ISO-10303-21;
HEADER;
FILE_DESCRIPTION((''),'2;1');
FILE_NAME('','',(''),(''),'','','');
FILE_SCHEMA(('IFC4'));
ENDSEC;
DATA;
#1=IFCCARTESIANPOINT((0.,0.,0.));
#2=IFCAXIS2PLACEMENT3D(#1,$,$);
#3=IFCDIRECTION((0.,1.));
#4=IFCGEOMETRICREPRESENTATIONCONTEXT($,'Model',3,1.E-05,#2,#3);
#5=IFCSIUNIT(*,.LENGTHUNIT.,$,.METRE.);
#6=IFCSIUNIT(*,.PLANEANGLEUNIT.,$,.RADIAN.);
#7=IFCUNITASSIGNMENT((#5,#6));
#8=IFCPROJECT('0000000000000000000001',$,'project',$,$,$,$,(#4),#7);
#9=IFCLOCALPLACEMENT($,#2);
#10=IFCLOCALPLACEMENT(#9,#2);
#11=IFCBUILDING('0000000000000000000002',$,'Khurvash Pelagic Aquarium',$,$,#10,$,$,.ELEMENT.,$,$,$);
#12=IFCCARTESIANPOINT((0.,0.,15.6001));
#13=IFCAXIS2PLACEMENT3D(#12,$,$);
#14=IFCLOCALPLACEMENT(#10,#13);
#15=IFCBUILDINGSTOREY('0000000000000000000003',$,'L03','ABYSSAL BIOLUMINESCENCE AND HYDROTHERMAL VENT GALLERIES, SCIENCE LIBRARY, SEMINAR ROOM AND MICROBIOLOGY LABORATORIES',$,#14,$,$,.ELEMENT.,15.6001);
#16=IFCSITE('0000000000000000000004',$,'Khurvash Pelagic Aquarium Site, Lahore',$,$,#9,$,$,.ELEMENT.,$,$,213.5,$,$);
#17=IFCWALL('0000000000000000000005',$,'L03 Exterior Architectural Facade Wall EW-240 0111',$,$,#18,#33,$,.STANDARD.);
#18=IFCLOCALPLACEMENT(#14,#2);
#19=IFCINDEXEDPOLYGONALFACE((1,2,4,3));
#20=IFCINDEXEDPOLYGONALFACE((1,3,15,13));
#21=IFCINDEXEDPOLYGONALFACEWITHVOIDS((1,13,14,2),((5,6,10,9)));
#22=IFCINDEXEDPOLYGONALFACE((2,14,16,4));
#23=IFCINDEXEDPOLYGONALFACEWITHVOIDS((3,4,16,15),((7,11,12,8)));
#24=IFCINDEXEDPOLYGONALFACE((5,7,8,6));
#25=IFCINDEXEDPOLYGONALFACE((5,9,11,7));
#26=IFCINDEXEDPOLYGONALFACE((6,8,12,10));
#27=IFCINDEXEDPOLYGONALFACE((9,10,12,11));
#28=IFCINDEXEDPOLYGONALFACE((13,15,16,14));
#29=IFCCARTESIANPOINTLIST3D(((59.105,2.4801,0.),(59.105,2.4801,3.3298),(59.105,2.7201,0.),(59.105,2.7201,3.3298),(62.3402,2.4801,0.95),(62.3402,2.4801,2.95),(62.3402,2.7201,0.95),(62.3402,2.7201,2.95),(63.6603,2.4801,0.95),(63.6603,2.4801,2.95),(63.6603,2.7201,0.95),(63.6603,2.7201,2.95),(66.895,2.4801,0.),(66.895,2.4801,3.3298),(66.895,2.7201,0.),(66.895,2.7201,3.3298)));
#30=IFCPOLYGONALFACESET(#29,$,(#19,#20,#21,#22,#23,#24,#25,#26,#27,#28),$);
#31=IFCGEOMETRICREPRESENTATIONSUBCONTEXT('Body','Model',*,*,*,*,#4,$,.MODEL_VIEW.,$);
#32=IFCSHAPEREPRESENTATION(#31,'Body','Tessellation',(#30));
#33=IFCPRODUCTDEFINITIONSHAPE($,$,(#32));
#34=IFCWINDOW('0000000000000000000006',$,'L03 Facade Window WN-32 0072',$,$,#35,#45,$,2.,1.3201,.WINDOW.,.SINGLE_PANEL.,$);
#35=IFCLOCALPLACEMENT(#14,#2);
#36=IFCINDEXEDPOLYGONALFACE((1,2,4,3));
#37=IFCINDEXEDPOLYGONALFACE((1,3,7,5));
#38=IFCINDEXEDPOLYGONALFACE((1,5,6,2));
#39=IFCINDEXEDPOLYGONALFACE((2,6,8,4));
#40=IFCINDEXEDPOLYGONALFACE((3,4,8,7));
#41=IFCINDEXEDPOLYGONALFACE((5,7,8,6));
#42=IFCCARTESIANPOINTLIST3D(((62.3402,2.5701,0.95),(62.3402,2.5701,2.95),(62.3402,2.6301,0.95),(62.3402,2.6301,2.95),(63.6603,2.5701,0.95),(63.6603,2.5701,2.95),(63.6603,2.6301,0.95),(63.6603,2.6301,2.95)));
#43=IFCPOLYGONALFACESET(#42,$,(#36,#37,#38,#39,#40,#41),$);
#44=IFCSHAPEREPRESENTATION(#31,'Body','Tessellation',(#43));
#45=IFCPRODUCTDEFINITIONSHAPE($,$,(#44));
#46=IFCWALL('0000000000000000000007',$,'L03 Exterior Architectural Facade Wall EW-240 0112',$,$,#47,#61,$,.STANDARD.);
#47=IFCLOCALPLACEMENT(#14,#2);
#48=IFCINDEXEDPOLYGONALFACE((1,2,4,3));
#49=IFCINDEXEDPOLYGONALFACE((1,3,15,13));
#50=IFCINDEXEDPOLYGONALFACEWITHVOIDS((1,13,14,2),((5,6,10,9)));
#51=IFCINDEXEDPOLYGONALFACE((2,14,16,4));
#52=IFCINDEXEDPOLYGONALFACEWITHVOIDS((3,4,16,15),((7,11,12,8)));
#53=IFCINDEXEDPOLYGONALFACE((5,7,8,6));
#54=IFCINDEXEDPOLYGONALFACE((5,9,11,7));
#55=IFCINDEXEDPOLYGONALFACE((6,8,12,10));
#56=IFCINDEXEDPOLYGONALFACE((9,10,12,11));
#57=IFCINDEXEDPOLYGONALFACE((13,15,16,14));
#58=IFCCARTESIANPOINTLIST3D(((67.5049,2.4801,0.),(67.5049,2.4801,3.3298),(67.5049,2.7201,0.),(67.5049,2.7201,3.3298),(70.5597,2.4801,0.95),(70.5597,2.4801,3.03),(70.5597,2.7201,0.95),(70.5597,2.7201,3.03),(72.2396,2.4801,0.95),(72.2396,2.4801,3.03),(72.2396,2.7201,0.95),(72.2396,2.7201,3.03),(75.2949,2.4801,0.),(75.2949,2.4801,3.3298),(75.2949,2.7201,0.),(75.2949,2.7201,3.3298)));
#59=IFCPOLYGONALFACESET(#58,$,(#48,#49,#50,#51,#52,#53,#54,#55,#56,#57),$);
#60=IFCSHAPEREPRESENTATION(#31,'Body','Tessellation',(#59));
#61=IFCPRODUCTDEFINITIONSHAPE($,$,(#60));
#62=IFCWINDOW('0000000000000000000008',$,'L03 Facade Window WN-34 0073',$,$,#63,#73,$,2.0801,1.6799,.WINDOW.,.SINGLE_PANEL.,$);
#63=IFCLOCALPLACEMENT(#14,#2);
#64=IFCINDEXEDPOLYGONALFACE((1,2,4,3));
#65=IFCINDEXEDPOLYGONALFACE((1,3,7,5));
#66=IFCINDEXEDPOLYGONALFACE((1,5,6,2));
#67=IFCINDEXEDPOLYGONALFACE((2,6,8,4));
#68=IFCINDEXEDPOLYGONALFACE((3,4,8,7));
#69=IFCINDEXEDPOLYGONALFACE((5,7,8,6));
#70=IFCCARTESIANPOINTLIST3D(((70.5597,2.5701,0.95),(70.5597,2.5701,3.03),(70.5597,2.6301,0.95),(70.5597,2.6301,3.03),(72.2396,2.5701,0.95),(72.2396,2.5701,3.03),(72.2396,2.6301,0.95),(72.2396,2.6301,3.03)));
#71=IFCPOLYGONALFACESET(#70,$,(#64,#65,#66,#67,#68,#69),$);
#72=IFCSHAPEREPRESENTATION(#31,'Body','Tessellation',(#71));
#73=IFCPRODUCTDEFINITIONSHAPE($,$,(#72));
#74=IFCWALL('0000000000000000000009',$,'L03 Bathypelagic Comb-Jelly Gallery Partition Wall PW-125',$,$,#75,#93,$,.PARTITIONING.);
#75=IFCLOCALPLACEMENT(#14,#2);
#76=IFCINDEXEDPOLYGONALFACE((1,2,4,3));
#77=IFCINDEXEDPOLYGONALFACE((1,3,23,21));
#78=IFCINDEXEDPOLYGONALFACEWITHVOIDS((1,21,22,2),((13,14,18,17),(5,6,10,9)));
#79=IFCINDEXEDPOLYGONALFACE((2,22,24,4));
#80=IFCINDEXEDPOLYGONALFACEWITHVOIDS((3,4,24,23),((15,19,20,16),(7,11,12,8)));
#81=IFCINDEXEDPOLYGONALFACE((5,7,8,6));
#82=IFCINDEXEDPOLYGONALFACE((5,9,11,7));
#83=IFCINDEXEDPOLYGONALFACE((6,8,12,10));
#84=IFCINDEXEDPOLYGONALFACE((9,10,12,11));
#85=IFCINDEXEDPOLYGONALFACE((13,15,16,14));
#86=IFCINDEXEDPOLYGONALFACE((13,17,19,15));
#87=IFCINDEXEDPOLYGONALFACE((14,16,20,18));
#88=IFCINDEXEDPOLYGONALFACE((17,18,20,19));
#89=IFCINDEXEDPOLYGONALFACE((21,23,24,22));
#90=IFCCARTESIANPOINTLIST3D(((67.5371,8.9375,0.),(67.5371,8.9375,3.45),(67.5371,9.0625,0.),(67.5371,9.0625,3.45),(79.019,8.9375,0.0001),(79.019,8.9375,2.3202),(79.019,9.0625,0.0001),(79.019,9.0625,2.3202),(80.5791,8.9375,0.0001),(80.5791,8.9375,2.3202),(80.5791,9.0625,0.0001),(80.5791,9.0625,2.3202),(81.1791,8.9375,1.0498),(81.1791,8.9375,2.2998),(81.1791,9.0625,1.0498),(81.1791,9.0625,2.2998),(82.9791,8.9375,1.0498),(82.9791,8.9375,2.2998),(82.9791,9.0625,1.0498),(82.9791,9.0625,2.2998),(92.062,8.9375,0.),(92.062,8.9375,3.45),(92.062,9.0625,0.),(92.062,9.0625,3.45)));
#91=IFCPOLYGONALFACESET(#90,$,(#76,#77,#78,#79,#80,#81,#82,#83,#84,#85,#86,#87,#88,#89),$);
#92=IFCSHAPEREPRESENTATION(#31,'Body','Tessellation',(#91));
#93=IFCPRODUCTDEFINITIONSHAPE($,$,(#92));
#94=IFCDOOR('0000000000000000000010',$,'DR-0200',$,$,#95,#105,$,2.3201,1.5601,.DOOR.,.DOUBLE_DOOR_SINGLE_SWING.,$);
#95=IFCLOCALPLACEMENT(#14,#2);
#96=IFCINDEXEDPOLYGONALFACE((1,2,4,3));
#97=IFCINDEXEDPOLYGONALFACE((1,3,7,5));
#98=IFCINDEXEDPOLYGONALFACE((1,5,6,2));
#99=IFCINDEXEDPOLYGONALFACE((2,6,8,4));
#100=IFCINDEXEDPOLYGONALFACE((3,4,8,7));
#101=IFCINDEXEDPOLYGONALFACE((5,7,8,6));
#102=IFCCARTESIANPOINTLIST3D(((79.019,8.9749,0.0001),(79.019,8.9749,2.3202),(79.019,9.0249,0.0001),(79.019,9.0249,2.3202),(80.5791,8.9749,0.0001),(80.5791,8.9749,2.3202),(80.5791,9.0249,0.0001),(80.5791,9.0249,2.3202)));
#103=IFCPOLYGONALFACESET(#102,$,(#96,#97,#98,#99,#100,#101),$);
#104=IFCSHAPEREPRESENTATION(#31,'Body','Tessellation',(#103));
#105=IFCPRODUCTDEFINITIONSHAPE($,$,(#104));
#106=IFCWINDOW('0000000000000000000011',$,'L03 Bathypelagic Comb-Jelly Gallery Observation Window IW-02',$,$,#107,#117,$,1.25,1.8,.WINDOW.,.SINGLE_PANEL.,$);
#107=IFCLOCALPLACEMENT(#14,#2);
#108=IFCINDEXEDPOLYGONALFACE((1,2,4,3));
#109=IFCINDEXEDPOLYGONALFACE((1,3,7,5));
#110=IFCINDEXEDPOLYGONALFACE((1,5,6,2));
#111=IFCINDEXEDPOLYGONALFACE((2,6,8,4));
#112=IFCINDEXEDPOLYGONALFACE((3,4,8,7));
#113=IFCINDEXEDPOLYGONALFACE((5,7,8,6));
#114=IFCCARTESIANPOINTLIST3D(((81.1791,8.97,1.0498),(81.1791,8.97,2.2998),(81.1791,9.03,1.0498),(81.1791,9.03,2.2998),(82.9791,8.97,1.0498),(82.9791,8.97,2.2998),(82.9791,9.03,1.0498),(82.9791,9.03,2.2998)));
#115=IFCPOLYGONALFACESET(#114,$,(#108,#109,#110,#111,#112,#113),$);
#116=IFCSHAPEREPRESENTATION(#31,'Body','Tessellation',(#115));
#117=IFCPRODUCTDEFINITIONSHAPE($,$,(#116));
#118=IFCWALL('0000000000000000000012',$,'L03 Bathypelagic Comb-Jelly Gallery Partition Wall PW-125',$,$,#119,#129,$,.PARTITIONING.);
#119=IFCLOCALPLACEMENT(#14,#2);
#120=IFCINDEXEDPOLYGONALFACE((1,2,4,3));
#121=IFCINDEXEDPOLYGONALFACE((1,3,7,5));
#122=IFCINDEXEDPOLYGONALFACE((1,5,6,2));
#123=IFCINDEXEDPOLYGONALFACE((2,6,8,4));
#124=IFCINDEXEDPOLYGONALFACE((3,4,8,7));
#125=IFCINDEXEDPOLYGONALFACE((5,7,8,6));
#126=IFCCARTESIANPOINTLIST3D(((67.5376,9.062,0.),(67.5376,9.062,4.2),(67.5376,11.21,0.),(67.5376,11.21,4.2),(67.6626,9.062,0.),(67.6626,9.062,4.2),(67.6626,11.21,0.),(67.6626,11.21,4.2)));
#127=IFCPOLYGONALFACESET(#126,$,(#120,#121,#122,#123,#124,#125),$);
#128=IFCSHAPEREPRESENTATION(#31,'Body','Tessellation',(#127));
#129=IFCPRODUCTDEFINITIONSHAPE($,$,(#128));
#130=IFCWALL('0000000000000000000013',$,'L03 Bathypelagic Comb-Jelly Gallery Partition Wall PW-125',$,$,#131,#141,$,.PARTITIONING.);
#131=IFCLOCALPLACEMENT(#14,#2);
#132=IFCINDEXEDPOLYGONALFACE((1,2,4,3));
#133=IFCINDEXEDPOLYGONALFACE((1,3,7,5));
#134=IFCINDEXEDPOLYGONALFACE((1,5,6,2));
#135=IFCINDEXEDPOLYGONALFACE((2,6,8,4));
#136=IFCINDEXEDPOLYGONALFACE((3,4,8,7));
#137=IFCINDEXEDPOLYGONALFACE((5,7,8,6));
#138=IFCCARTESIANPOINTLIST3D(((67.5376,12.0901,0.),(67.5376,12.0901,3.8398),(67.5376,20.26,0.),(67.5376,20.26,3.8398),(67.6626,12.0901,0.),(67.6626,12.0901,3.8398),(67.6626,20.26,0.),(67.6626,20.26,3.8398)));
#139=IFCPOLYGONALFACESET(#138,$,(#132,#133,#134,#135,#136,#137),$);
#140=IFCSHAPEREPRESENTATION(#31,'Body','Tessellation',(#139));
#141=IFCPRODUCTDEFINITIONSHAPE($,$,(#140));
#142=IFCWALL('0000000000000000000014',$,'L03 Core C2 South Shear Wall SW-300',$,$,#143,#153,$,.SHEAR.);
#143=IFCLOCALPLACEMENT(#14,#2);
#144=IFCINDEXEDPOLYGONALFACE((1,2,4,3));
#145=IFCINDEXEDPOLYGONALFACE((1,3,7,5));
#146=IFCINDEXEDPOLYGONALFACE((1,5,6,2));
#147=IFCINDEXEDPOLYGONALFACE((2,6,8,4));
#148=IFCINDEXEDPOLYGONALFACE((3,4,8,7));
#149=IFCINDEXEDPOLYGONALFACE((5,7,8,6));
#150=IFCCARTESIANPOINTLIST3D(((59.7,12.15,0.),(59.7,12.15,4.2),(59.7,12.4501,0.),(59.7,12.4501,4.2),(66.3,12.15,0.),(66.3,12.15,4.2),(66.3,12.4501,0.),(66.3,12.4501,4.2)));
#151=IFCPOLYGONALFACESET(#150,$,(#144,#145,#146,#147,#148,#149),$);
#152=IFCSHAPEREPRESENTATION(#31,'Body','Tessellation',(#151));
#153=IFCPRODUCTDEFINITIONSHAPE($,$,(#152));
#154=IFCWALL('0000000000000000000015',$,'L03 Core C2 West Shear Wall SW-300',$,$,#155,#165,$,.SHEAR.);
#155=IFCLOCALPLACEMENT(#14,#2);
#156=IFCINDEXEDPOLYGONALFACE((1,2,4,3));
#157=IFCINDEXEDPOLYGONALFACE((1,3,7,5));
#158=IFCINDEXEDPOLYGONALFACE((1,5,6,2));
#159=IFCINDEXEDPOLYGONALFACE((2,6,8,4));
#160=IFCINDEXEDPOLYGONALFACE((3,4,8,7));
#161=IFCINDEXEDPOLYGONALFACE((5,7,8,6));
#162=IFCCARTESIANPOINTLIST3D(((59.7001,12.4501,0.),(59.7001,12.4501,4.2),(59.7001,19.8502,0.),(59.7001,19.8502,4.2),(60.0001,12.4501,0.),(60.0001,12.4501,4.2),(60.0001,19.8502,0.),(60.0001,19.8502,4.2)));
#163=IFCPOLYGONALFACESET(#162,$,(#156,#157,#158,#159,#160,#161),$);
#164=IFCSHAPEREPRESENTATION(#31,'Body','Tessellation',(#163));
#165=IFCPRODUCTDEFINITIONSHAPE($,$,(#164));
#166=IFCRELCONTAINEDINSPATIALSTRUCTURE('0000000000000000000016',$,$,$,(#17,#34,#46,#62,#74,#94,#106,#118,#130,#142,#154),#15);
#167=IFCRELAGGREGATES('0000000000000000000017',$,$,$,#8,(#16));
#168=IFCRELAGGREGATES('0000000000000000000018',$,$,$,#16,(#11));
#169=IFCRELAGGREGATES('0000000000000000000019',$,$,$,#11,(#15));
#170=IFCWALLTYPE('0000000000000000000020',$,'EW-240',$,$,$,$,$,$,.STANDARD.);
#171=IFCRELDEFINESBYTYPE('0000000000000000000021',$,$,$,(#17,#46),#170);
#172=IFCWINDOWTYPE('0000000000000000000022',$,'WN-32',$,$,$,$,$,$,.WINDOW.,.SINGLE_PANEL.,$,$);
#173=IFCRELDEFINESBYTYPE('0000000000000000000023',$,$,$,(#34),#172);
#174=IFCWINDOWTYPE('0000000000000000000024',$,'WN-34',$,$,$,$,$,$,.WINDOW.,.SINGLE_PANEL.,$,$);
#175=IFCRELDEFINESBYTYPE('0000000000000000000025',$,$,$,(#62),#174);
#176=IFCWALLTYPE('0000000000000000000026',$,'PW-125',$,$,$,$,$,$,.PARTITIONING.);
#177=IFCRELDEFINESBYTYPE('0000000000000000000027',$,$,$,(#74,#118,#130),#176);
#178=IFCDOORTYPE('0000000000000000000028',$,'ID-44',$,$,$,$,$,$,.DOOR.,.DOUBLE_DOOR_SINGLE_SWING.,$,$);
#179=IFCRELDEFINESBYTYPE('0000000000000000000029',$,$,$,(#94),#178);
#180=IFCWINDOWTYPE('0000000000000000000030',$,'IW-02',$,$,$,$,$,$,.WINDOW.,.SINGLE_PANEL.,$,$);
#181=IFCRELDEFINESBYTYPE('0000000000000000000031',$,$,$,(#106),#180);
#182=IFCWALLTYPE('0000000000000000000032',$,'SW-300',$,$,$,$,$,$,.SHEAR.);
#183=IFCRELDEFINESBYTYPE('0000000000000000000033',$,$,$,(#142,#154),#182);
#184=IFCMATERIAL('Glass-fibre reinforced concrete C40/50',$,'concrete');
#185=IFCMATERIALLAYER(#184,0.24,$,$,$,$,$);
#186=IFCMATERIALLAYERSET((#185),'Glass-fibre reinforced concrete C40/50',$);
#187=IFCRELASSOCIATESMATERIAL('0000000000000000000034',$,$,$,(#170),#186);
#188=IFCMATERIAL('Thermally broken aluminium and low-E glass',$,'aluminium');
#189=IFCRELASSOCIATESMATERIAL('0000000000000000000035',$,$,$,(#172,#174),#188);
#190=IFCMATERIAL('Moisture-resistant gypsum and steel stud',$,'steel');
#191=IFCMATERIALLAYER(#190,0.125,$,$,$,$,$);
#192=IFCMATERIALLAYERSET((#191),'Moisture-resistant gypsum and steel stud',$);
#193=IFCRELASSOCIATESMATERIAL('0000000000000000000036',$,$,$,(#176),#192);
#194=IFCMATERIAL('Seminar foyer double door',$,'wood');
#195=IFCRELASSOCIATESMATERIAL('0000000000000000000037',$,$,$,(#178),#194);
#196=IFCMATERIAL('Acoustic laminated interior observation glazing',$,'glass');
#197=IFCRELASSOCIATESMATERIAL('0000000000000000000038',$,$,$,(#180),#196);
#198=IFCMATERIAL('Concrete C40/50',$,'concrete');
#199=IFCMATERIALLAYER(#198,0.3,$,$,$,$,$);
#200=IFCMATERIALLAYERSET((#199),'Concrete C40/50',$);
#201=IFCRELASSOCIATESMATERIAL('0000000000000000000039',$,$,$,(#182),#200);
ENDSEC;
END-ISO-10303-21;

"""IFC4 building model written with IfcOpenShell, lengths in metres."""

from ifc_helpers import new_model, si_unit, direction, frame, frame_2d, origin, place, context, subcontext, project, spatial, rectangle, extrude, material, layer, layer_set, type_object, element, fill, save


model = new_model("IFC4")

# Units and contexts
model_context = context("Model", 3, precision=1e-05, world=origin(), true_north=direction((0.0, 1.0)))
body_context = subcontext(model_context, "Body", "Model", "MODEL_VIEW")
ifc_project = project(units=[si_unit("LENGTHUNIT", "METRE"), si_unit("PLANEANGLEUNIT", "RADIAN")], contexts=[model_context])

# Site, building, storey
site_placement = place(None, origin())
site = spatial("IfcSite", under=ifc_project, at=site_placement, Name="Khurvash Pelagic Aquarium Site, Lahore", CompositionType="ELEMENT", RefElevation=213.5)
building_placement = place(site_placement, origin())
building = spatial("IfcBuilding", under=site, at=building_placement, Name="Khurvash Pelagic Aquarium", CompositionType="ELEMENT")
storey_placement = place(building_placement, frame((0.0, 0.0, 15.6001)))
storey = spatial("IfcBuildingStorey", under=building, at=storey_placement, Name="L03", Description="ABYSSAL BIOLUMINESCENCE AND HYDROTHERMAL VENT GALLERIES, SCIENCE LIBRARY, SEMINAR ROOM AND MICROBIOLOGY LABORATORIES", CompositionType="ELEMENT", Elevation=15.6001)

# Shared definitions
ifc_material_1 = material(Name="Concrete C40/50", Category="concrete")

# Walls, openings, windows
ifc_material_2 = material(Name="Glass-fibre reinforced concrete C40/50", Category="concrete")
ifc_layer_1 = layer(ifc_material_2, 0.24)
ifc_layer_set_1 = layer_set([ifc_layer_1], Name="Glass-fibre reinforced concrete C40/50")
wall_type_1 = type_object("IfcWallType", Name="EW-240", PredefinedType="STANDARD", material=ifc_layer_set_1)
wall_1_placement = place(storey_placement, frame((59.105, 2.6001, 0.0), z_axis=(0.0, 0.0, 1.0), x_axis=(1.0, 0.0, 0.0)))
wall_1 = element("IfcWall", 1, at=wall_1_placement, inside=storey, type_object=wall_type_1, Name="L03 Exterior Architectural Facade Wall EW-240 0111", PredefinedType="STANDARD", context=body_context, shape_type="SweptSolid", body=[
    extrude(rectangle(XDim=7.79, YDim=0.24, at=frame_2d((3.895, 0.0))), origin(), (0.0, 0.0, 1.0), 3.3298),
])
opening_1_placement = place(wall_1_placement, frame((3.2351, 0.0, 0.95)))
opening_1 = element("IfcOpeningElement", 2, at=opening_1_placement, cuts=wall_1, PredefinedType="OPENING", context=body_context, shape_type="SweptSolid", body=[
    extrude(rectangle(XDim=1.3201, YDim=2.0, at=frame_2d((0.6602, 1.0))), frame((0.0, 0.1299, 0.0), z_axis=(0.0, -1.0, 0.0), x_axis=(1.0, 0.0, 0.0)), (0.0, 0.0, 1.0), 0.26),
])
ifc_material_3 = material(Name="Thermally broken aluminium and low-E glass", Category="aluminium")
window_type_1 = type_object("IfcWindowType", Name="WN-32", PartitioningType="SINGLE_PANEL", PredefinedType="WINDOW", material=ifc_material_3)
window_1_placement = place(opening_1_placement, origin())
window_1 = element("IfcWindow", 3, at=window_1_placement, inside=storey, type_object=window_type_1, Name="L03 Facade Window WN-32 0072", OverallHeight=2.0, OverallWidth=1.3201, PartitioningType="SINGLE_PANEL", PredefinedType="WINDOW", context=body_context, shape_type="SweptSolid", body=[
    extrude(rectangle(XDim=1.3201, YDim=2.0, at=frame_2d((0.6602, 1.0))), frame((0.0, 0.03, 0.0), z_axis=(0.0, -1.0, 0.0), x_axis=(1.0, 0.0, 0.0)), (0.0, 0.0, 1.0), 0.0601),
])
fill(opening_1, window_1)
wall_2_placement = place(storey_placement, frame((67.5049, 2.6001, 0.0), z_axis=(0.0, 0.0, 1.0), x_axis=(1.0, 0.0, 0.0)))
wall_2 = element("IfcWall", 4, at=wall_2_placement, inside=storey, type_object=wall_type_1, Name="L03 Exterior Architectural Facade Wall EW-240 0112", PredefinedType="STANDARD", context=body_context, shape_type="SweptSolid", body=[
    extrude(rectangle(XDim=7.79, YDim=0.24, at=frame_2d((3.895, 0.0))), origin(), (0.0, 0.0, 1.0), 3.3298),
])
opening_2_placement = place(wall_2_placement, frame((3.0549, 0.0, 0.95)))
opening_2 = element("IfcOpeningElement", 5, at=opening_2_placement, cuts=wall_2, PredefinedType="OPENING", context=body_context, shape_type="SweptSolid", body=[
    extrude(rectangle(XDim=1.6799, YDim=2.0801, at=frame_2d((0.8398, 1.04))), frame((0.0, 0.1299, 0.0), z_axis=(0.0, -1.0, 0.0), x_axis=(1.0, 0.0, 0.0)), (0.0, 0.0, 1.0), 0.26),
])
window_type_2 = type_object("IfcWindowType", Name="WN-34", PartitioningType="SINGLE_PANEL", PredefinedType="WINDOW", material=ifc_material_3)
window_2_placement = place(opening_2_placement, origin())
window_2 = element("IfcWindow", 6, at=window_2_placement, inside=storey, type_object=window_type_2, Name="L03 Facade Window WN-34 0073", OverallHeight=2.0801, OverallWidth=1.6799, PartitioningType="SINGLE_PANEL", PredefinedType="WINDOW", context=body_context, shape_type="SweptSolid", body=[
    extrude(rectangle(XDim=1.6799, YDim=2.0801, at=frame_2d((0.8398, 1.04))), frame((0.0, 0.03, 0.0), z_axis=(0.0, -1.0, 0.0), x_axis=(1.0, 0.0, 0.0)), (0.0, 0.0, 1.0), 0.0601),
])
fill(opening_2, window_2)

# Wall, openings, door, window
ifc_material_4 = material(Name="Moisture-resistant gypsum and steel stud", Category="steel")
ifc_layer_2 = layer(ifc_material_4, 0.125)
ifc_layer_set_2 = layer_set([ifc_layer_2], Name="Moisture-resistant gypsum and steel stud")
wall_type_2 = type_object("IfcWallType", Name="PW-125", PredefinedType="PARTITIONING", material=ifc_layer_set_2)
wall_3_placement = place(storey_placement, frame((67.5371, 9.0, 0.0), z_axis=(0.0, 0.0, 1.0), x_axis=(1.0, 0.0, 0.0)))
wall_3 = element("IfcWall", 7, at=wall_3_placement, inside=storey, type_object=wall_type_2, Name="L03 Bathypelagic Comb-Jelly Gallery Partition Wall PW-125", PredefinedType="PARTITIONING", context=body_context, shape_type="SweptSolid", body=[
    extrude(rectangle(XDim=24.5249, YDim=0.125, at=frame_2d((12.2625, 0.0))), origin(), (0.0, 0.0, 1.0), 3.45),
])
opening_3_placement = place(wall_3_placement, frame((11.4819, 0.0, 0.0)))
opening_3 = element("IfcOpeningElement", 8, at=opening_3_placement, cuts=wall_3, PredefinedType="OPENING", context=body_context, shape_type="SweptSolid", body=[
    extrude(rectangle(XDim=1.5601, YDim=2.3201, at=frame_2d((0.78, 1.1602))), frame((0.0, 0.0725, 0.0), z_axis=(0.0, -1.0, 0.0), x_axis=(1.0, 0.0, 0.0)), (0.0, 0.0, 1.0), 0.145),
])
opening_4_placement = place(wall_3_placement, frame((13.6421, 0.0, 1.0498)))
opening_4 = element("IfcOpeningElement", 9, at=opening_4_placement, cuts=wall_3, PredefinedType="OPENING", context=body_context, shape_type="SweptSolid", body=[
    extrude(rectangle(XDim=1.8, YDim=1.25, at=frame_2d((0.8999, 0.625))), frame((0.0, 0.0725, 0.0), z_axis=(0.0, -1.0, 0.0), x_axis=(1.0, 0.0, 0.0)), (0.0, 0.0, 1.0), 0.145),
])
ifc_material_5 = material(Name="Seminar foyer double door", Category="wood")
door_type = type_object("IfcDoorType", Name="ID-44", OperationType="DOUBLE_DOOR_SINGLE_SWING", PredefinedType="DOOR", material=ifc_material_5)
door_placement = place(opening_3_placement, origin())
door = element("IfcDoor", 10, at=door_placement, inside=storey, type_object=door_type, Name="DR-0200", OperationType="DOUBLE_DOOR_SINGLE_SWING", OverallHeight=2.3201, OverallWidth=1.5601, PredefinedType="DOOR", context=body_context, shape_type="SweptSolid", body=[
    extrude(rectangle(XDim=1.5601, YDim=2.3201, at=frame_2d((0.78, 1.1602))), frame((0.0, 0.0249, 0.0), z_axis=(0.0, -1.0, 0.0), x_axis=(1.0, 0.0, 0.0)), (0.0, 0.0, 1.0), 0.05),
])
fill(opening_3, door)
ifc_material_6 = material(Name="Acoustic laminated interior observation glazing", Category="glass")
window_type_3 = type_object("IfcWindowType", Name="IW-02", PartitioningType="SINGLE_PANEL", PredefinedType="WINDOW", material=ifc_material_6)
window_3_placement = place(opening_4_placement, origin())
window_3 = element("IfcWindow", 11, at=window_3_placement, inside=storey, type_object=window_type_3, Name="L03 Bathypelagic Comb-Jelly Gallery Observation Window IW-02", OverallHeight=1.25, OverallWidth=1.8, PartitioningType="SINGLE_PANEL", PredefinedType="WINDOW", context=body_context, shape_type="SweptSolid", body=[
    extrude(rectangle(XDim=1.8, YDim=1.25, at=frame_2d((0.8999, 0.625))), frame((0.0, 0.03, 0.0), z_axis=(0.0, -1.0, 0.0), x_axis=(1.0, 0.0, 0.0)), (0.0, 0.0, 1.0), 0.0601),
])
fill(opening_4, window_3)

# Walls
wall_4_placement = place(storey_placement, frame((67.6001, 9.062, 0.0), z_axis=(0.0, 0.0, 1.0), x_axis=(0.0, 1.0, 0.0)))
element("IfcWall", 12, at=wall_4_placement, inside=storey, type_object=wall_type_2, Name="L03 Bathypelagic Comb-Jelly Gallery Partition Wall PW-125", PredefinedType="PARTITIONING", context=body_context, shape_type="SweptSolid", body=[
    extrude(rectangle(XDim=2.1479, YDim=0.125, at=frame_2d((1.074, 0.0))), origin(), (0.0, 0.0, 1.0), 4.2),
])
wall_5_placement = place(storey_placement, frame((67.6001, 12.0901, 0.0), z_axis=(0.0, 0.0, 1.0), x_axis=(0.0, 1.0, 0.0)))
element("IfcWall", 13, at=wall_5_placement, inside=storey, type_object=wall_type_2, Name="L03 Bathypelagic Comb-Jelly Gallery Partition Wall PW-125", PredefinedType="PARTITIONING", context=body_context, shape_type="SweptSolid", body=[
    extrude(rectangle(XDim=8.1699, YDim=0.125, at=frame_2d((4.085, 0.0))), origin(), (0.0, 0.0, 1.0), 3.8398),
])
ifc_layer_3 = layer(ifc_material_1, 0.3)
ifc_layer_set_3 = layer_set([ifc_layer_3], Name="Concrete C40/50")
wall_type_3 = type_object("IfcWallType", Name="SW-300", PredefinedType="SHEAR", material=ifc_layer_set_3)
wall_6_placement = place(storey_placement, frame((59.7, 12.3, 0.0), z_axis=(0.0, 0.0, 1.0), x_axis=(1.0, 0.0, 0.0)))
element("IfcWall", 14, at=wall_6_placement, inside=storey, type_object=wall_type_3, Name="L03 Core C2 South Shear Wall SW-300", PredefinedType="SHEAR", context=body_context, shape_type="SweptSolid", body=[
    extrude(rectangle(XDim=6.6001, YDim=0.3, at=frame_2d((3.3, 0.0))), origin(), (0.0, 0.0, 1.0), 4.2),
])
for number, where, z_axis, x_axis, name in (
    (15, (59.8501, 12.45, 0.0), (0.0, 0.0, 1.0), (0.0, 1.0, 0.0), "L03 Core C2 West Shear Wall SW-300"),
):
    element("IfcWall", number, at=place(storey_placement, frame(where, z_axis=z_axis, x_axis=x_axis)), inside=storey, type_object=wall_type_3, Name=name, PredefinedType="SHEAR", context=body_context, shape_type="SweptSolid", body=[
        extrude(rectangle(XDim=7.4001, YDim=0.3, at=frame_2d((3.7002, 0.0))), origin(), (0.0, 0.0, 1.0), 4.2),
    ])

save(model, "model.ifc")
